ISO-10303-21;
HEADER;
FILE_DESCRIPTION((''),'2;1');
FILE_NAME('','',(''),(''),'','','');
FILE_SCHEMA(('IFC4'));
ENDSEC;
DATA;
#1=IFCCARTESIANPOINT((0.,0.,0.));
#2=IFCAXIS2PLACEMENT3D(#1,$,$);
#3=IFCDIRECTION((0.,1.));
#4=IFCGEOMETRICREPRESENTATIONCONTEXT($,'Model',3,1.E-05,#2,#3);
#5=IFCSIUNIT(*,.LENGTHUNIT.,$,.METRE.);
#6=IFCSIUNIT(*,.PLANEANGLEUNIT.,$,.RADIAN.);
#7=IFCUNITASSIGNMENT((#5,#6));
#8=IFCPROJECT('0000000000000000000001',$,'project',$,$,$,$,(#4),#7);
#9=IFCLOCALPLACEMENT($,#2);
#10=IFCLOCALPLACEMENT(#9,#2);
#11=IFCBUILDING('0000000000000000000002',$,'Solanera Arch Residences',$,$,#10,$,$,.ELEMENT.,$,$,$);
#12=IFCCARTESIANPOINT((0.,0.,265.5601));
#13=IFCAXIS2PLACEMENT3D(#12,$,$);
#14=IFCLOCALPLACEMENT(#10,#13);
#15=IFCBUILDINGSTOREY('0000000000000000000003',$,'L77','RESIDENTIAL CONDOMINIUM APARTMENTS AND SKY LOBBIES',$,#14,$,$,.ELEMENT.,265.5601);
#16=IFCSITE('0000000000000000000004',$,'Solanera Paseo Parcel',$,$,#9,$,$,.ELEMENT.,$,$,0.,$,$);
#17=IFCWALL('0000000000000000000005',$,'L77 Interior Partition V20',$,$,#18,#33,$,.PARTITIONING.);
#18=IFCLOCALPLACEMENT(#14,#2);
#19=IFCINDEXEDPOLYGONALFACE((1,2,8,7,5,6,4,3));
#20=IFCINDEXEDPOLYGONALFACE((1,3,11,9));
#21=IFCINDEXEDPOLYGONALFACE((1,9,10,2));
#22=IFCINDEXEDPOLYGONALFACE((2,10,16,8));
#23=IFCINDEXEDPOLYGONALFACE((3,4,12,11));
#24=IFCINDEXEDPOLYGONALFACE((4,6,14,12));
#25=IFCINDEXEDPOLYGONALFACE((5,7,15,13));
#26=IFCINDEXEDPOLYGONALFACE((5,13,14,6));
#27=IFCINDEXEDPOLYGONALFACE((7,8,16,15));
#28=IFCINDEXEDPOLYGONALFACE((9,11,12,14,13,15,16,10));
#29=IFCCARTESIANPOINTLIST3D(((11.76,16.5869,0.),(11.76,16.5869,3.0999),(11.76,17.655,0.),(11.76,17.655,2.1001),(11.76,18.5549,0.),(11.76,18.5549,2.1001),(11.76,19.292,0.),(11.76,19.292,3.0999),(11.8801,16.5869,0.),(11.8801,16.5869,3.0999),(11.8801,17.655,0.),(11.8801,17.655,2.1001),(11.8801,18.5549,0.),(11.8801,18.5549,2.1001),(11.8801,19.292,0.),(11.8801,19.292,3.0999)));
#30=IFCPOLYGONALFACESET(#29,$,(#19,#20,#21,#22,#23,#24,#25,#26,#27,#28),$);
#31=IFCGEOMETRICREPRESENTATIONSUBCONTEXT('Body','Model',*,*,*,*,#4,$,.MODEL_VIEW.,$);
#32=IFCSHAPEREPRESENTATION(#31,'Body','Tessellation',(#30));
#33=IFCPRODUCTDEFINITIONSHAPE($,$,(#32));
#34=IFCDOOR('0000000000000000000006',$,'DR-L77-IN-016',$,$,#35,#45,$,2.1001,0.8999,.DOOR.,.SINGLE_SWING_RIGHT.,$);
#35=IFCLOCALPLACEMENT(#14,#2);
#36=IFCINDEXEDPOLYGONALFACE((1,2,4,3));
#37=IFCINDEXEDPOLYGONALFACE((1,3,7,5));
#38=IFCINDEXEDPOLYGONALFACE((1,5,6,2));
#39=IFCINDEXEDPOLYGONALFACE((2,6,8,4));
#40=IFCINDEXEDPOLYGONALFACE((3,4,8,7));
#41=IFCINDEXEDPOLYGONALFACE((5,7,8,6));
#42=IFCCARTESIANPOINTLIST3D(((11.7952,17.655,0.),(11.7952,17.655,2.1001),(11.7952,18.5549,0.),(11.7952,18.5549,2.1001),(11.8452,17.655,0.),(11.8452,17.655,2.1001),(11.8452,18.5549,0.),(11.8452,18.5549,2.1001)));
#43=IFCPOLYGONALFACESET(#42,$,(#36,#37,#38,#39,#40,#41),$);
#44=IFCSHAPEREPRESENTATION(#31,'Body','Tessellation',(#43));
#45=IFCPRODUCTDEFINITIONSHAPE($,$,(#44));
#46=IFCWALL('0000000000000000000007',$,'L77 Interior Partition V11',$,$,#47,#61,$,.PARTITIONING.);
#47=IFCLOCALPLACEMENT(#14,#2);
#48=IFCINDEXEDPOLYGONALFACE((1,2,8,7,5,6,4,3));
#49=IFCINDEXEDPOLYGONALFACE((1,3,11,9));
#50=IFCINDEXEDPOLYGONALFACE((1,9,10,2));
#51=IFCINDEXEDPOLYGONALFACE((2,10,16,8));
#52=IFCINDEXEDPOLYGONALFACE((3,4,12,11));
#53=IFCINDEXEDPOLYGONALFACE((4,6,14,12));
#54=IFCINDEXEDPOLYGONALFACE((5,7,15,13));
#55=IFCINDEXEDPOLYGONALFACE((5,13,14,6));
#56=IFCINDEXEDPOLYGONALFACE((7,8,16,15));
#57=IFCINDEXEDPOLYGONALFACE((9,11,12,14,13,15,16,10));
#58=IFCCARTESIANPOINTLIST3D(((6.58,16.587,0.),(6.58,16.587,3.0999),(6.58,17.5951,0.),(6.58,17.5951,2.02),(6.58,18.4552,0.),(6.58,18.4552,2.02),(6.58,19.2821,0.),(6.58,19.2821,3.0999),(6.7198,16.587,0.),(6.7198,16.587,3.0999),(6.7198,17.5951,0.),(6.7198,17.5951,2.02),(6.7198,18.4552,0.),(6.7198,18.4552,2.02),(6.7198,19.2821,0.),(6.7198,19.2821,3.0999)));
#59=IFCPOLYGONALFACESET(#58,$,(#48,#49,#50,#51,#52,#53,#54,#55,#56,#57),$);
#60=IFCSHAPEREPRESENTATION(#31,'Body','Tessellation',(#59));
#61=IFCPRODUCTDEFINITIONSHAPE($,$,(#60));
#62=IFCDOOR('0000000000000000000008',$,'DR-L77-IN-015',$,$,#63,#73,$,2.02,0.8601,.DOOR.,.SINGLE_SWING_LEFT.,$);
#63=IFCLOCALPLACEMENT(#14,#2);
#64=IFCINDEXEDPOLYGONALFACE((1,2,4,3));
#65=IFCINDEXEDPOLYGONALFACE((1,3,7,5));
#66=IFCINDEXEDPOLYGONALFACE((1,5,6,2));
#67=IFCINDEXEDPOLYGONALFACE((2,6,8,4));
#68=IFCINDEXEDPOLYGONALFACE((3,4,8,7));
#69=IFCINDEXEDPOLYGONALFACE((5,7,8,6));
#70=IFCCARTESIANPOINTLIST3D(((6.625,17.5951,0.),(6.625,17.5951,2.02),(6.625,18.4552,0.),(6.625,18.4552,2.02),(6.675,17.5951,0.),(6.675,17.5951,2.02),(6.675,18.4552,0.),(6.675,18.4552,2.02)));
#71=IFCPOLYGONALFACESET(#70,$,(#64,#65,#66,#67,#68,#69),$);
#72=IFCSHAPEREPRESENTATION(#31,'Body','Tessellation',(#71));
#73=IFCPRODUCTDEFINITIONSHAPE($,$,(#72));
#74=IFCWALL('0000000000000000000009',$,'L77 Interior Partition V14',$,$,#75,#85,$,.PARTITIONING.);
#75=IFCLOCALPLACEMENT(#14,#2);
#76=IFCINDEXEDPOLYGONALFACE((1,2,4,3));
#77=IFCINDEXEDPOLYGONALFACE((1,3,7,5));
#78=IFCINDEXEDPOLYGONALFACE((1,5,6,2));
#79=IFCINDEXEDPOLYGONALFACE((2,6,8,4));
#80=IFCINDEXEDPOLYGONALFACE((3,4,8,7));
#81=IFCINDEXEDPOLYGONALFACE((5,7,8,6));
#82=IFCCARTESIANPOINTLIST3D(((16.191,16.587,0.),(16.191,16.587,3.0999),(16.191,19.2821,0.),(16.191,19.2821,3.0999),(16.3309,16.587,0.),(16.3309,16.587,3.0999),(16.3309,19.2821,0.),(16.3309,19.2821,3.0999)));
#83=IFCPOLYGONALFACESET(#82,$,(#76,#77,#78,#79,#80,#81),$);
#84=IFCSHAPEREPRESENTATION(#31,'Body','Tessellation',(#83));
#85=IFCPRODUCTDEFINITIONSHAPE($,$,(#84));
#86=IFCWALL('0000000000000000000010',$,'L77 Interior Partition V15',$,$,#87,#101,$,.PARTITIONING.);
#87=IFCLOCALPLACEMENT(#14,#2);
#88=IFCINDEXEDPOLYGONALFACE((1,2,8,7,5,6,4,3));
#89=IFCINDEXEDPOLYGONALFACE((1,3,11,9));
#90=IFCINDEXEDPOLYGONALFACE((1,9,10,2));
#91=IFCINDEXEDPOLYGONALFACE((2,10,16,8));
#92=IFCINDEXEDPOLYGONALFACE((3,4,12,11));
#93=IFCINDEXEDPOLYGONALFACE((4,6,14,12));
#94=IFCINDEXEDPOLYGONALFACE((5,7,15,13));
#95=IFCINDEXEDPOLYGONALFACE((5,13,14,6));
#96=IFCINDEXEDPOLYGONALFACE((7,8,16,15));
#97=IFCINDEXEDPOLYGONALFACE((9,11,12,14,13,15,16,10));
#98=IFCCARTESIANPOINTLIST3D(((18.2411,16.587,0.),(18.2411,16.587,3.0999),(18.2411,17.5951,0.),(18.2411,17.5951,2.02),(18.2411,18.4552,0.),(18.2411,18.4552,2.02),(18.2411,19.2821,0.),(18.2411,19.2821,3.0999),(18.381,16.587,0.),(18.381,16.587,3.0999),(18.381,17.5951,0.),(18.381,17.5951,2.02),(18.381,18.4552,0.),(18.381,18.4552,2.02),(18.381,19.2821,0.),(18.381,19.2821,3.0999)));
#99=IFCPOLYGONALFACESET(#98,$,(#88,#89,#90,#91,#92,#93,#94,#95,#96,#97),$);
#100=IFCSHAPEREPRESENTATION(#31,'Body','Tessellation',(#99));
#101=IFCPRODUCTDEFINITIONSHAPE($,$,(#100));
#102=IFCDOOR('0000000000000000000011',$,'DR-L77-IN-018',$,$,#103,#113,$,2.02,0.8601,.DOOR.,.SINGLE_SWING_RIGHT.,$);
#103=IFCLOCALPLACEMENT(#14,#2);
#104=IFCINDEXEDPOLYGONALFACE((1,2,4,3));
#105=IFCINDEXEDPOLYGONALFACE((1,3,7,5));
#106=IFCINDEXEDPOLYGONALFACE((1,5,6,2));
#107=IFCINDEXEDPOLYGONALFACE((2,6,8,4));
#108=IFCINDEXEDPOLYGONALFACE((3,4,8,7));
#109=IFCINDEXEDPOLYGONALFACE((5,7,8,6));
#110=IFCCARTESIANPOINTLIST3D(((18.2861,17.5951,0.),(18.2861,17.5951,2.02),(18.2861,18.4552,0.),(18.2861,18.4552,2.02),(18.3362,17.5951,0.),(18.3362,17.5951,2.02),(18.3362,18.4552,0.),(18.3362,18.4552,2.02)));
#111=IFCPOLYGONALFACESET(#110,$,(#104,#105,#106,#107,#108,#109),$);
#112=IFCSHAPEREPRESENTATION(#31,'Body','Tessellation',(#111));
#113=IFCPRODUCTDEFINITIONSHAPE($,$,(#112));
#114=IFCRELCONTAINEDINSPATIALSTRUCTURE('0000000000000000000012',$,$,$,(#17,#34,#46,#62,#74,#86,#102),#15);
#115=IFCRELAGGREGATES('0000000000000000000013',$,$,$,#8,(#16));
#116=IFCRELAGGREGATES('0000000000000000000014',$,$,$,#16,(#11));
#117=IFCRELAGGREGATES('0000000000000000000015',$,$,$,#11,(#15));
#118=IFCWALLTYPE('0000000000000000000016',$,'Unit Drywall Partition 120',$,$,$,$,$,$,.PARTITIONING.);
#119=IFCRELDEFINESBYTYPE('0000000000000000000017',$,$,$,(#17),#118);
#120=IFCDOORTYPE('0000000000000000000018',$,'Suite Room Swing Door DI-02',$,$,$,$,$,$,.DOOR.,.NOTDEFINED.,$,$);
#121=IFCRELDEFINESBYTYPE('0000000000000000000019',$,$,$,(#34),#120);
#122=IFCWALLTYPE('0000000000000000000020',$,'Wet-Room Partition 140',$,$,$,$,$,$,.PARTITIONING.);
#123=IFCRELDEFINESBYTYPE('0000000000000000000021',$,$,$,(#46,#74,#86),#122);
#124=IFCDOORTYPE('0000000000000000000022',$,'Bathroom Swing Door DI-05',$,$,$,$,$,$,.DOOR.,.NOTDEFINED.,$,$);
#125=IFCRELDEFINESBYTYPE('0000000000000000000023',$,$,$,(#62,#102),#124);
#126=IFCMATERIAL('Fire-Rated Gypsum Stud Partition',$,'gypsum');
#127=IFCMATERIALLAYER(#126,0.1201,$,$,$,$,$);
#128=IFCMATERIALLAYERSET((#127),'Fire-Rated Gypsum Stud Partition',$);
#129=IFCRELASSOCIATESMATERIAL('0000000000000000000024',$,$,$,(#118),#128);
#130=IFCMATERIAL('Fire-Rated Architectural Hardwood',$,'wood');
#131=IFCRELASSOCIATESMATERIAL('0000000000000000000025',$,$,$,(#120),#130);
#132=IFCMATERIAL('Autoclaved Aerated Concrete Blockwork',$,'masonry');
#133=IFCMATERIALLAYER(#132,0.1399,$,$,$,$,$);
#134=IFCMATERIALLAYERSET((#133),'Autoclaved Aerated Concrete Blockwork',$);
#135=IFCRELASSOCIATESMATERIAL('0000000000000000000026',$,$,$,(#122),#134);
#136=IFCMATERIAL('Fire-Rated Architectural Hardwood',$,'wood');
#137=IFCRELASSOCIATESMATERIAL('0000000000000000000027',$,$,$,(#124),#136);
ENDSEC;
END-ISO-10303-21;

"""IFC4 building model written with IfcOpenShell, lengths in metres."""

from ifc_helpers import new_model, si_unit, direction, frame, frame_2d, origin, place, context, subcontext, project, spatial, rectangle, extrude, material, layer, layer_set, type_object, element, fill, save


model = new_model("IFC4")

# Units and contexts
model_context = context("Model", 3, precision=1e-05, world=origin(), true_north=direction((0.0, 1.0)))
body_context = subcontext(model_context, "Body", "Model", "MODEL_VIEW")
ifc_project = project(units=[si_unit("LENGTHUNIT", "METRE"), si_unit("PLANEANGLEUNIT", "RADIAN")], contexts=[model_context])

# Site, building, storey
site_placement = place(None, origin())
site = spatial("IfcSite", under=ifc_project, at=site_placement, Name="Solanera Paseo Parcel", CompositionType="ELEMENT", RefElevation=0.0)
building_placement = place(site_placement, origin())
building = spatial("IfcBuilding", under=site, at=building_placement, Name="Solanera Arch Residences", CompositionType="ELEMENT")
storey_placement = place(building_placement, frame((0.0, 0.0, 265.5601)))
storey = spatial("IfcBuildingStorey", under=building, at=storey_placement, Name="L77", Description="RESIDENTIAL CONDOMINIUM APARTMENTS AND SKY LOBBIES", CompositionType="ELEMENT", Elevation=265.5601)

# Walls, openings, doors
ifc_material_1 = material(Name="Fire-Rated Gypsum Stud Partition", Category="gypsum")
ifc_layer_1 = layer(ifc_material_1, 0.1201)
ifc_layer_set_1 = layer_set([ifc_layer_1], Name="Fire-Rated Gypsum Stud Partition")
wall_type_1 = type_object("IfcWallType", Name="Unit Drywall Partition 120", PredefinedType="PARTITIONING", material=ifc_layer_set_1)
wall_1_placement = place(storey_placement, frame((11.8201, 16.5869, 0.0), z_axis=(0.0, 0.0, 1.0), x_axis=(0.0, 1.0, 0.0)))
wall_1 = element("IfcWall", 1, at=wall_1_placement, inside=storey, type_object=wall_type_1, Name="L77 Interior Partition V20", PredefinedType="PARTITIONING", context=body_context, shape_type="SweptSolid", body=[
    extrude(rectangle(XDim=2.7051, YDim=0.1201, at=frame_2d((1.3525, 0.0))), origin(), (0.0, 0.0, 1.0), 3.0999),
])
opening_1_placement = place(wall_1_placement, frame((1.0681, 0.0, 0.0)))
opening_1 = element("IfcOpeningElement", 2, at=opening_1_placement, cuts=wall_1, PredefinedType="OPENING", context=body_context, shape_type="SweptSolid", body=[
    extrude(rectangle(XDim=0.8999, YDim=2.1001, at=frame_2d((0.45, 1.05))), frame((0.0, 0.0701, 0.0), z_axis=(0.0, -1.0, 0.0), x_axis=(1.0, 0.0, 0.0)), (0.0, 0.0, 1.0), 0.1401),
])
ifc_material_2 = material(Name="Fire-Rated Architectural Hardwood", Category="wood")
door_type_1 = type_object("IfcDoorType", Name="Suite Room Swing Door DI-02", OperationType="NOTDEFINED", PredefinedType="DOOR", material=ifc_material_2)
door_1_placement = place(opening_1_placement, origin())
door_1 = element("IfcDoor", 3, at=door_1_placement, inside=storey, type_object=door_type_1, Name="DR-L77-IN-016", OperationType="SINGLE_SWING_RIGHT", OverallHeight=2.1001, OverallWidth=0.8999, PredefinedType="DOOR", context=body_context, shape_type="SweptSolid", body=[
    extrude(rectangle(XDim=0.8999, YDim=2.1001, at=frame_2d((0.45, 1.05))), frame((0.0, 0.0249, 0.0), z_axis=(0.0, -1.0, 0.0), x_axis=(1.0, 0.0, 0.0)), (0.0, 0.0, 1.0), 0.05),
])
fill(opening_1, door_1)
ifc_material_3 = material(Name="Autoclaved Aerated Concrete Blockwork", Category="masonry")
ifc_layer_2 = layer(ifc_material_3, 0.1399)
ifc_layer_set_2 = layer_set([ifc_layer_2], Name="Autoclaved Aerated Concrete Blockwork")
wall_type_2 = type_object("IfcWallType", Name="Wet-Room Partition 140", PredefinedType="PARTITIONING", material=ifc_layer_set_2)
wall_2_placement = place(storey_placement, frame((6.6499, 16.5869, 0.0), z_axis=(0.0, 0.0, 1.0), x_axis=(0.0, 1.0, 0.0)))
wall_2 = element("IfcWall", 4, at=wall_2_placement, inside=storey, type_object=wall_type_2, Name="L77 Interior Partition V11", PredefinedType="PARTITIONING", context=body_context, shape_type="SweptSolid", body=[
    extrude(rectangle(XDim=2.6951, YDim=0.1399, at=frame_2d((1.3477, 0.0))), origin(), (0.0, 0.0, 1.0), 3.0999),
])
opening_2_placement = place(wall_2_placement, frame((1.0081, 0.0, 0.0)))
opening_2 = element("IfcOpeningElement", 5, at=opening_2_placement, cuts=wall_2, PredefinedType="OPENING", context=body_context, shape_type="SweptSolid", body=[
    extrude(rectangle(XDim=0.8601, YDim=2.02, at=frame_2d((0.4302, 1.01))), frame((0.0, 0.0798, 0.0), z_axis=(0.0, -1.0, 0.0), x_axis=(1.0, 0.0, 0.0)), (0.0, 0.0, 1.0), 0.1599),
])
ifc_material_4 = material(Name="Fire-Rated Architectural Hardwood", Category="wood")
door_type_2 = type_object("IfcDoorType", Name="Bathroom Swing Door DI-05", OperationType="NOTDEFINED", PredefinedType="DOOR", material=ifc_material_4)
door_2_placement = place(opening_2_placement, origin())
door_2 = element("IfcDoor", 6, at=door_2_placement, inside=storey, type_object=door_type_2, Name="DR-L77-IN-015", OperationType="SINGLE_SWING_LEFT", OverallHeight=2.02, OverallWidth=0.8601, PredefinedType="DOOR", context=body_context, shape_type="SweptSolid", body=[
    extrude(rectangle(XDim=0.8601, YDim=2.02, at=frame_2d((0.4302, 1.01))), frame((0.0, 0.0249, 0.0), z_axis=(0.0, -1.0, 0.0), x_axis=(1.0, 0.0, 0.0)), (0.0, 0.0, 1.0), 0.05),
])
fill(opening_2, door_2)

# Wall
wall_3_placement = place(storey_placement, frame((16.261, 16.5869, 0.0), z_axis=(0.0, 0.0, 1.0), x_axis=(0.0, 1.0, 0.0)))
element("IfcWall", 7, at=wall_3_placement, inside=storey, type_object=wall_type_2, Name="L77 Interior Partition V14", PredefinedType="PARTITIONING", context=body_context, shape_type="SweptSolid", body=[
    extrude(rectangle(XDim=2.6951, YDim=0.1399, at=frame_2d((1.3477, 0.0))), origin(), (0.0, 0.0, 1.0), 3.0999),
])

# Wall, opening, door
wall_4_placement = place(storey_placement, frame((18.311, 16.5869, 0.0), z_axis=(0.0, 0.0, 1.0), x_axis=(0.0, 1.0, 0.0)))
wall_4 = element("IfcWall", 8, at=wall_4_placement, inside=storey, type_object=wall_type_2, Name="L77 Interior Partition V15", PredefinedType="PARTITIONING", context=body_context, shape_type="SweptSolid", body=[
    extrude(rectangle(XDim=2.6951, YDim=0.1399, at=frame_2d((1.3477, 0.0))), origin(), (0.0, 0.0, 1.0), 3.0999),
])
opening_3_placement = place(wall_4_placement, frame((1.0081, 0.0, 0.0)))
opening_3 = element("IfcOpeningElement", 9, at=opening_3_placement, cuts=wall_4, PredefinedType="OPENING", context=body_context, shape_type="SweptSolid", body=[
    extrude(rectangle(XDim=0.8601, YDim=2.02, at=frame_2d((0.4302, 1.01))), frame((0.0, 0.0798, 0.0), z_axis=(0.0, -1.0, 0.0), x_axis=(1.0, 0.0, 0.0)), (0.0, 0.0, 1.0), 0.1599),
])
door_3_placement = place(opening_3_placement, origin())
door_3 = element("IfcDoor", 10, at=door_3_placement, inside=storey, type_object=door_type_2, Name="DR-L77-IN-018", OperationType="SINGLE_SWING_RIGHT", OverallHeight=2.02, OverallWidth=0.8601, PredefinedType="DOOR", context=body_context, shape_type="SweptSolid", body=[
    extrude(rectangle(XDim=0.8601, YDim=2.02, at=frame_2d((0.4302, 1.01))), frame((0.0, 0.0249, 0.0), z_axis=(0.0, -1.0, 0.0), x_axis=(1.0, 0.0, 0.0)), (0.0, 0.0, 1.0), 0.05),
])
fill(opening_3, door_3)

save(model, "model.ifc")
